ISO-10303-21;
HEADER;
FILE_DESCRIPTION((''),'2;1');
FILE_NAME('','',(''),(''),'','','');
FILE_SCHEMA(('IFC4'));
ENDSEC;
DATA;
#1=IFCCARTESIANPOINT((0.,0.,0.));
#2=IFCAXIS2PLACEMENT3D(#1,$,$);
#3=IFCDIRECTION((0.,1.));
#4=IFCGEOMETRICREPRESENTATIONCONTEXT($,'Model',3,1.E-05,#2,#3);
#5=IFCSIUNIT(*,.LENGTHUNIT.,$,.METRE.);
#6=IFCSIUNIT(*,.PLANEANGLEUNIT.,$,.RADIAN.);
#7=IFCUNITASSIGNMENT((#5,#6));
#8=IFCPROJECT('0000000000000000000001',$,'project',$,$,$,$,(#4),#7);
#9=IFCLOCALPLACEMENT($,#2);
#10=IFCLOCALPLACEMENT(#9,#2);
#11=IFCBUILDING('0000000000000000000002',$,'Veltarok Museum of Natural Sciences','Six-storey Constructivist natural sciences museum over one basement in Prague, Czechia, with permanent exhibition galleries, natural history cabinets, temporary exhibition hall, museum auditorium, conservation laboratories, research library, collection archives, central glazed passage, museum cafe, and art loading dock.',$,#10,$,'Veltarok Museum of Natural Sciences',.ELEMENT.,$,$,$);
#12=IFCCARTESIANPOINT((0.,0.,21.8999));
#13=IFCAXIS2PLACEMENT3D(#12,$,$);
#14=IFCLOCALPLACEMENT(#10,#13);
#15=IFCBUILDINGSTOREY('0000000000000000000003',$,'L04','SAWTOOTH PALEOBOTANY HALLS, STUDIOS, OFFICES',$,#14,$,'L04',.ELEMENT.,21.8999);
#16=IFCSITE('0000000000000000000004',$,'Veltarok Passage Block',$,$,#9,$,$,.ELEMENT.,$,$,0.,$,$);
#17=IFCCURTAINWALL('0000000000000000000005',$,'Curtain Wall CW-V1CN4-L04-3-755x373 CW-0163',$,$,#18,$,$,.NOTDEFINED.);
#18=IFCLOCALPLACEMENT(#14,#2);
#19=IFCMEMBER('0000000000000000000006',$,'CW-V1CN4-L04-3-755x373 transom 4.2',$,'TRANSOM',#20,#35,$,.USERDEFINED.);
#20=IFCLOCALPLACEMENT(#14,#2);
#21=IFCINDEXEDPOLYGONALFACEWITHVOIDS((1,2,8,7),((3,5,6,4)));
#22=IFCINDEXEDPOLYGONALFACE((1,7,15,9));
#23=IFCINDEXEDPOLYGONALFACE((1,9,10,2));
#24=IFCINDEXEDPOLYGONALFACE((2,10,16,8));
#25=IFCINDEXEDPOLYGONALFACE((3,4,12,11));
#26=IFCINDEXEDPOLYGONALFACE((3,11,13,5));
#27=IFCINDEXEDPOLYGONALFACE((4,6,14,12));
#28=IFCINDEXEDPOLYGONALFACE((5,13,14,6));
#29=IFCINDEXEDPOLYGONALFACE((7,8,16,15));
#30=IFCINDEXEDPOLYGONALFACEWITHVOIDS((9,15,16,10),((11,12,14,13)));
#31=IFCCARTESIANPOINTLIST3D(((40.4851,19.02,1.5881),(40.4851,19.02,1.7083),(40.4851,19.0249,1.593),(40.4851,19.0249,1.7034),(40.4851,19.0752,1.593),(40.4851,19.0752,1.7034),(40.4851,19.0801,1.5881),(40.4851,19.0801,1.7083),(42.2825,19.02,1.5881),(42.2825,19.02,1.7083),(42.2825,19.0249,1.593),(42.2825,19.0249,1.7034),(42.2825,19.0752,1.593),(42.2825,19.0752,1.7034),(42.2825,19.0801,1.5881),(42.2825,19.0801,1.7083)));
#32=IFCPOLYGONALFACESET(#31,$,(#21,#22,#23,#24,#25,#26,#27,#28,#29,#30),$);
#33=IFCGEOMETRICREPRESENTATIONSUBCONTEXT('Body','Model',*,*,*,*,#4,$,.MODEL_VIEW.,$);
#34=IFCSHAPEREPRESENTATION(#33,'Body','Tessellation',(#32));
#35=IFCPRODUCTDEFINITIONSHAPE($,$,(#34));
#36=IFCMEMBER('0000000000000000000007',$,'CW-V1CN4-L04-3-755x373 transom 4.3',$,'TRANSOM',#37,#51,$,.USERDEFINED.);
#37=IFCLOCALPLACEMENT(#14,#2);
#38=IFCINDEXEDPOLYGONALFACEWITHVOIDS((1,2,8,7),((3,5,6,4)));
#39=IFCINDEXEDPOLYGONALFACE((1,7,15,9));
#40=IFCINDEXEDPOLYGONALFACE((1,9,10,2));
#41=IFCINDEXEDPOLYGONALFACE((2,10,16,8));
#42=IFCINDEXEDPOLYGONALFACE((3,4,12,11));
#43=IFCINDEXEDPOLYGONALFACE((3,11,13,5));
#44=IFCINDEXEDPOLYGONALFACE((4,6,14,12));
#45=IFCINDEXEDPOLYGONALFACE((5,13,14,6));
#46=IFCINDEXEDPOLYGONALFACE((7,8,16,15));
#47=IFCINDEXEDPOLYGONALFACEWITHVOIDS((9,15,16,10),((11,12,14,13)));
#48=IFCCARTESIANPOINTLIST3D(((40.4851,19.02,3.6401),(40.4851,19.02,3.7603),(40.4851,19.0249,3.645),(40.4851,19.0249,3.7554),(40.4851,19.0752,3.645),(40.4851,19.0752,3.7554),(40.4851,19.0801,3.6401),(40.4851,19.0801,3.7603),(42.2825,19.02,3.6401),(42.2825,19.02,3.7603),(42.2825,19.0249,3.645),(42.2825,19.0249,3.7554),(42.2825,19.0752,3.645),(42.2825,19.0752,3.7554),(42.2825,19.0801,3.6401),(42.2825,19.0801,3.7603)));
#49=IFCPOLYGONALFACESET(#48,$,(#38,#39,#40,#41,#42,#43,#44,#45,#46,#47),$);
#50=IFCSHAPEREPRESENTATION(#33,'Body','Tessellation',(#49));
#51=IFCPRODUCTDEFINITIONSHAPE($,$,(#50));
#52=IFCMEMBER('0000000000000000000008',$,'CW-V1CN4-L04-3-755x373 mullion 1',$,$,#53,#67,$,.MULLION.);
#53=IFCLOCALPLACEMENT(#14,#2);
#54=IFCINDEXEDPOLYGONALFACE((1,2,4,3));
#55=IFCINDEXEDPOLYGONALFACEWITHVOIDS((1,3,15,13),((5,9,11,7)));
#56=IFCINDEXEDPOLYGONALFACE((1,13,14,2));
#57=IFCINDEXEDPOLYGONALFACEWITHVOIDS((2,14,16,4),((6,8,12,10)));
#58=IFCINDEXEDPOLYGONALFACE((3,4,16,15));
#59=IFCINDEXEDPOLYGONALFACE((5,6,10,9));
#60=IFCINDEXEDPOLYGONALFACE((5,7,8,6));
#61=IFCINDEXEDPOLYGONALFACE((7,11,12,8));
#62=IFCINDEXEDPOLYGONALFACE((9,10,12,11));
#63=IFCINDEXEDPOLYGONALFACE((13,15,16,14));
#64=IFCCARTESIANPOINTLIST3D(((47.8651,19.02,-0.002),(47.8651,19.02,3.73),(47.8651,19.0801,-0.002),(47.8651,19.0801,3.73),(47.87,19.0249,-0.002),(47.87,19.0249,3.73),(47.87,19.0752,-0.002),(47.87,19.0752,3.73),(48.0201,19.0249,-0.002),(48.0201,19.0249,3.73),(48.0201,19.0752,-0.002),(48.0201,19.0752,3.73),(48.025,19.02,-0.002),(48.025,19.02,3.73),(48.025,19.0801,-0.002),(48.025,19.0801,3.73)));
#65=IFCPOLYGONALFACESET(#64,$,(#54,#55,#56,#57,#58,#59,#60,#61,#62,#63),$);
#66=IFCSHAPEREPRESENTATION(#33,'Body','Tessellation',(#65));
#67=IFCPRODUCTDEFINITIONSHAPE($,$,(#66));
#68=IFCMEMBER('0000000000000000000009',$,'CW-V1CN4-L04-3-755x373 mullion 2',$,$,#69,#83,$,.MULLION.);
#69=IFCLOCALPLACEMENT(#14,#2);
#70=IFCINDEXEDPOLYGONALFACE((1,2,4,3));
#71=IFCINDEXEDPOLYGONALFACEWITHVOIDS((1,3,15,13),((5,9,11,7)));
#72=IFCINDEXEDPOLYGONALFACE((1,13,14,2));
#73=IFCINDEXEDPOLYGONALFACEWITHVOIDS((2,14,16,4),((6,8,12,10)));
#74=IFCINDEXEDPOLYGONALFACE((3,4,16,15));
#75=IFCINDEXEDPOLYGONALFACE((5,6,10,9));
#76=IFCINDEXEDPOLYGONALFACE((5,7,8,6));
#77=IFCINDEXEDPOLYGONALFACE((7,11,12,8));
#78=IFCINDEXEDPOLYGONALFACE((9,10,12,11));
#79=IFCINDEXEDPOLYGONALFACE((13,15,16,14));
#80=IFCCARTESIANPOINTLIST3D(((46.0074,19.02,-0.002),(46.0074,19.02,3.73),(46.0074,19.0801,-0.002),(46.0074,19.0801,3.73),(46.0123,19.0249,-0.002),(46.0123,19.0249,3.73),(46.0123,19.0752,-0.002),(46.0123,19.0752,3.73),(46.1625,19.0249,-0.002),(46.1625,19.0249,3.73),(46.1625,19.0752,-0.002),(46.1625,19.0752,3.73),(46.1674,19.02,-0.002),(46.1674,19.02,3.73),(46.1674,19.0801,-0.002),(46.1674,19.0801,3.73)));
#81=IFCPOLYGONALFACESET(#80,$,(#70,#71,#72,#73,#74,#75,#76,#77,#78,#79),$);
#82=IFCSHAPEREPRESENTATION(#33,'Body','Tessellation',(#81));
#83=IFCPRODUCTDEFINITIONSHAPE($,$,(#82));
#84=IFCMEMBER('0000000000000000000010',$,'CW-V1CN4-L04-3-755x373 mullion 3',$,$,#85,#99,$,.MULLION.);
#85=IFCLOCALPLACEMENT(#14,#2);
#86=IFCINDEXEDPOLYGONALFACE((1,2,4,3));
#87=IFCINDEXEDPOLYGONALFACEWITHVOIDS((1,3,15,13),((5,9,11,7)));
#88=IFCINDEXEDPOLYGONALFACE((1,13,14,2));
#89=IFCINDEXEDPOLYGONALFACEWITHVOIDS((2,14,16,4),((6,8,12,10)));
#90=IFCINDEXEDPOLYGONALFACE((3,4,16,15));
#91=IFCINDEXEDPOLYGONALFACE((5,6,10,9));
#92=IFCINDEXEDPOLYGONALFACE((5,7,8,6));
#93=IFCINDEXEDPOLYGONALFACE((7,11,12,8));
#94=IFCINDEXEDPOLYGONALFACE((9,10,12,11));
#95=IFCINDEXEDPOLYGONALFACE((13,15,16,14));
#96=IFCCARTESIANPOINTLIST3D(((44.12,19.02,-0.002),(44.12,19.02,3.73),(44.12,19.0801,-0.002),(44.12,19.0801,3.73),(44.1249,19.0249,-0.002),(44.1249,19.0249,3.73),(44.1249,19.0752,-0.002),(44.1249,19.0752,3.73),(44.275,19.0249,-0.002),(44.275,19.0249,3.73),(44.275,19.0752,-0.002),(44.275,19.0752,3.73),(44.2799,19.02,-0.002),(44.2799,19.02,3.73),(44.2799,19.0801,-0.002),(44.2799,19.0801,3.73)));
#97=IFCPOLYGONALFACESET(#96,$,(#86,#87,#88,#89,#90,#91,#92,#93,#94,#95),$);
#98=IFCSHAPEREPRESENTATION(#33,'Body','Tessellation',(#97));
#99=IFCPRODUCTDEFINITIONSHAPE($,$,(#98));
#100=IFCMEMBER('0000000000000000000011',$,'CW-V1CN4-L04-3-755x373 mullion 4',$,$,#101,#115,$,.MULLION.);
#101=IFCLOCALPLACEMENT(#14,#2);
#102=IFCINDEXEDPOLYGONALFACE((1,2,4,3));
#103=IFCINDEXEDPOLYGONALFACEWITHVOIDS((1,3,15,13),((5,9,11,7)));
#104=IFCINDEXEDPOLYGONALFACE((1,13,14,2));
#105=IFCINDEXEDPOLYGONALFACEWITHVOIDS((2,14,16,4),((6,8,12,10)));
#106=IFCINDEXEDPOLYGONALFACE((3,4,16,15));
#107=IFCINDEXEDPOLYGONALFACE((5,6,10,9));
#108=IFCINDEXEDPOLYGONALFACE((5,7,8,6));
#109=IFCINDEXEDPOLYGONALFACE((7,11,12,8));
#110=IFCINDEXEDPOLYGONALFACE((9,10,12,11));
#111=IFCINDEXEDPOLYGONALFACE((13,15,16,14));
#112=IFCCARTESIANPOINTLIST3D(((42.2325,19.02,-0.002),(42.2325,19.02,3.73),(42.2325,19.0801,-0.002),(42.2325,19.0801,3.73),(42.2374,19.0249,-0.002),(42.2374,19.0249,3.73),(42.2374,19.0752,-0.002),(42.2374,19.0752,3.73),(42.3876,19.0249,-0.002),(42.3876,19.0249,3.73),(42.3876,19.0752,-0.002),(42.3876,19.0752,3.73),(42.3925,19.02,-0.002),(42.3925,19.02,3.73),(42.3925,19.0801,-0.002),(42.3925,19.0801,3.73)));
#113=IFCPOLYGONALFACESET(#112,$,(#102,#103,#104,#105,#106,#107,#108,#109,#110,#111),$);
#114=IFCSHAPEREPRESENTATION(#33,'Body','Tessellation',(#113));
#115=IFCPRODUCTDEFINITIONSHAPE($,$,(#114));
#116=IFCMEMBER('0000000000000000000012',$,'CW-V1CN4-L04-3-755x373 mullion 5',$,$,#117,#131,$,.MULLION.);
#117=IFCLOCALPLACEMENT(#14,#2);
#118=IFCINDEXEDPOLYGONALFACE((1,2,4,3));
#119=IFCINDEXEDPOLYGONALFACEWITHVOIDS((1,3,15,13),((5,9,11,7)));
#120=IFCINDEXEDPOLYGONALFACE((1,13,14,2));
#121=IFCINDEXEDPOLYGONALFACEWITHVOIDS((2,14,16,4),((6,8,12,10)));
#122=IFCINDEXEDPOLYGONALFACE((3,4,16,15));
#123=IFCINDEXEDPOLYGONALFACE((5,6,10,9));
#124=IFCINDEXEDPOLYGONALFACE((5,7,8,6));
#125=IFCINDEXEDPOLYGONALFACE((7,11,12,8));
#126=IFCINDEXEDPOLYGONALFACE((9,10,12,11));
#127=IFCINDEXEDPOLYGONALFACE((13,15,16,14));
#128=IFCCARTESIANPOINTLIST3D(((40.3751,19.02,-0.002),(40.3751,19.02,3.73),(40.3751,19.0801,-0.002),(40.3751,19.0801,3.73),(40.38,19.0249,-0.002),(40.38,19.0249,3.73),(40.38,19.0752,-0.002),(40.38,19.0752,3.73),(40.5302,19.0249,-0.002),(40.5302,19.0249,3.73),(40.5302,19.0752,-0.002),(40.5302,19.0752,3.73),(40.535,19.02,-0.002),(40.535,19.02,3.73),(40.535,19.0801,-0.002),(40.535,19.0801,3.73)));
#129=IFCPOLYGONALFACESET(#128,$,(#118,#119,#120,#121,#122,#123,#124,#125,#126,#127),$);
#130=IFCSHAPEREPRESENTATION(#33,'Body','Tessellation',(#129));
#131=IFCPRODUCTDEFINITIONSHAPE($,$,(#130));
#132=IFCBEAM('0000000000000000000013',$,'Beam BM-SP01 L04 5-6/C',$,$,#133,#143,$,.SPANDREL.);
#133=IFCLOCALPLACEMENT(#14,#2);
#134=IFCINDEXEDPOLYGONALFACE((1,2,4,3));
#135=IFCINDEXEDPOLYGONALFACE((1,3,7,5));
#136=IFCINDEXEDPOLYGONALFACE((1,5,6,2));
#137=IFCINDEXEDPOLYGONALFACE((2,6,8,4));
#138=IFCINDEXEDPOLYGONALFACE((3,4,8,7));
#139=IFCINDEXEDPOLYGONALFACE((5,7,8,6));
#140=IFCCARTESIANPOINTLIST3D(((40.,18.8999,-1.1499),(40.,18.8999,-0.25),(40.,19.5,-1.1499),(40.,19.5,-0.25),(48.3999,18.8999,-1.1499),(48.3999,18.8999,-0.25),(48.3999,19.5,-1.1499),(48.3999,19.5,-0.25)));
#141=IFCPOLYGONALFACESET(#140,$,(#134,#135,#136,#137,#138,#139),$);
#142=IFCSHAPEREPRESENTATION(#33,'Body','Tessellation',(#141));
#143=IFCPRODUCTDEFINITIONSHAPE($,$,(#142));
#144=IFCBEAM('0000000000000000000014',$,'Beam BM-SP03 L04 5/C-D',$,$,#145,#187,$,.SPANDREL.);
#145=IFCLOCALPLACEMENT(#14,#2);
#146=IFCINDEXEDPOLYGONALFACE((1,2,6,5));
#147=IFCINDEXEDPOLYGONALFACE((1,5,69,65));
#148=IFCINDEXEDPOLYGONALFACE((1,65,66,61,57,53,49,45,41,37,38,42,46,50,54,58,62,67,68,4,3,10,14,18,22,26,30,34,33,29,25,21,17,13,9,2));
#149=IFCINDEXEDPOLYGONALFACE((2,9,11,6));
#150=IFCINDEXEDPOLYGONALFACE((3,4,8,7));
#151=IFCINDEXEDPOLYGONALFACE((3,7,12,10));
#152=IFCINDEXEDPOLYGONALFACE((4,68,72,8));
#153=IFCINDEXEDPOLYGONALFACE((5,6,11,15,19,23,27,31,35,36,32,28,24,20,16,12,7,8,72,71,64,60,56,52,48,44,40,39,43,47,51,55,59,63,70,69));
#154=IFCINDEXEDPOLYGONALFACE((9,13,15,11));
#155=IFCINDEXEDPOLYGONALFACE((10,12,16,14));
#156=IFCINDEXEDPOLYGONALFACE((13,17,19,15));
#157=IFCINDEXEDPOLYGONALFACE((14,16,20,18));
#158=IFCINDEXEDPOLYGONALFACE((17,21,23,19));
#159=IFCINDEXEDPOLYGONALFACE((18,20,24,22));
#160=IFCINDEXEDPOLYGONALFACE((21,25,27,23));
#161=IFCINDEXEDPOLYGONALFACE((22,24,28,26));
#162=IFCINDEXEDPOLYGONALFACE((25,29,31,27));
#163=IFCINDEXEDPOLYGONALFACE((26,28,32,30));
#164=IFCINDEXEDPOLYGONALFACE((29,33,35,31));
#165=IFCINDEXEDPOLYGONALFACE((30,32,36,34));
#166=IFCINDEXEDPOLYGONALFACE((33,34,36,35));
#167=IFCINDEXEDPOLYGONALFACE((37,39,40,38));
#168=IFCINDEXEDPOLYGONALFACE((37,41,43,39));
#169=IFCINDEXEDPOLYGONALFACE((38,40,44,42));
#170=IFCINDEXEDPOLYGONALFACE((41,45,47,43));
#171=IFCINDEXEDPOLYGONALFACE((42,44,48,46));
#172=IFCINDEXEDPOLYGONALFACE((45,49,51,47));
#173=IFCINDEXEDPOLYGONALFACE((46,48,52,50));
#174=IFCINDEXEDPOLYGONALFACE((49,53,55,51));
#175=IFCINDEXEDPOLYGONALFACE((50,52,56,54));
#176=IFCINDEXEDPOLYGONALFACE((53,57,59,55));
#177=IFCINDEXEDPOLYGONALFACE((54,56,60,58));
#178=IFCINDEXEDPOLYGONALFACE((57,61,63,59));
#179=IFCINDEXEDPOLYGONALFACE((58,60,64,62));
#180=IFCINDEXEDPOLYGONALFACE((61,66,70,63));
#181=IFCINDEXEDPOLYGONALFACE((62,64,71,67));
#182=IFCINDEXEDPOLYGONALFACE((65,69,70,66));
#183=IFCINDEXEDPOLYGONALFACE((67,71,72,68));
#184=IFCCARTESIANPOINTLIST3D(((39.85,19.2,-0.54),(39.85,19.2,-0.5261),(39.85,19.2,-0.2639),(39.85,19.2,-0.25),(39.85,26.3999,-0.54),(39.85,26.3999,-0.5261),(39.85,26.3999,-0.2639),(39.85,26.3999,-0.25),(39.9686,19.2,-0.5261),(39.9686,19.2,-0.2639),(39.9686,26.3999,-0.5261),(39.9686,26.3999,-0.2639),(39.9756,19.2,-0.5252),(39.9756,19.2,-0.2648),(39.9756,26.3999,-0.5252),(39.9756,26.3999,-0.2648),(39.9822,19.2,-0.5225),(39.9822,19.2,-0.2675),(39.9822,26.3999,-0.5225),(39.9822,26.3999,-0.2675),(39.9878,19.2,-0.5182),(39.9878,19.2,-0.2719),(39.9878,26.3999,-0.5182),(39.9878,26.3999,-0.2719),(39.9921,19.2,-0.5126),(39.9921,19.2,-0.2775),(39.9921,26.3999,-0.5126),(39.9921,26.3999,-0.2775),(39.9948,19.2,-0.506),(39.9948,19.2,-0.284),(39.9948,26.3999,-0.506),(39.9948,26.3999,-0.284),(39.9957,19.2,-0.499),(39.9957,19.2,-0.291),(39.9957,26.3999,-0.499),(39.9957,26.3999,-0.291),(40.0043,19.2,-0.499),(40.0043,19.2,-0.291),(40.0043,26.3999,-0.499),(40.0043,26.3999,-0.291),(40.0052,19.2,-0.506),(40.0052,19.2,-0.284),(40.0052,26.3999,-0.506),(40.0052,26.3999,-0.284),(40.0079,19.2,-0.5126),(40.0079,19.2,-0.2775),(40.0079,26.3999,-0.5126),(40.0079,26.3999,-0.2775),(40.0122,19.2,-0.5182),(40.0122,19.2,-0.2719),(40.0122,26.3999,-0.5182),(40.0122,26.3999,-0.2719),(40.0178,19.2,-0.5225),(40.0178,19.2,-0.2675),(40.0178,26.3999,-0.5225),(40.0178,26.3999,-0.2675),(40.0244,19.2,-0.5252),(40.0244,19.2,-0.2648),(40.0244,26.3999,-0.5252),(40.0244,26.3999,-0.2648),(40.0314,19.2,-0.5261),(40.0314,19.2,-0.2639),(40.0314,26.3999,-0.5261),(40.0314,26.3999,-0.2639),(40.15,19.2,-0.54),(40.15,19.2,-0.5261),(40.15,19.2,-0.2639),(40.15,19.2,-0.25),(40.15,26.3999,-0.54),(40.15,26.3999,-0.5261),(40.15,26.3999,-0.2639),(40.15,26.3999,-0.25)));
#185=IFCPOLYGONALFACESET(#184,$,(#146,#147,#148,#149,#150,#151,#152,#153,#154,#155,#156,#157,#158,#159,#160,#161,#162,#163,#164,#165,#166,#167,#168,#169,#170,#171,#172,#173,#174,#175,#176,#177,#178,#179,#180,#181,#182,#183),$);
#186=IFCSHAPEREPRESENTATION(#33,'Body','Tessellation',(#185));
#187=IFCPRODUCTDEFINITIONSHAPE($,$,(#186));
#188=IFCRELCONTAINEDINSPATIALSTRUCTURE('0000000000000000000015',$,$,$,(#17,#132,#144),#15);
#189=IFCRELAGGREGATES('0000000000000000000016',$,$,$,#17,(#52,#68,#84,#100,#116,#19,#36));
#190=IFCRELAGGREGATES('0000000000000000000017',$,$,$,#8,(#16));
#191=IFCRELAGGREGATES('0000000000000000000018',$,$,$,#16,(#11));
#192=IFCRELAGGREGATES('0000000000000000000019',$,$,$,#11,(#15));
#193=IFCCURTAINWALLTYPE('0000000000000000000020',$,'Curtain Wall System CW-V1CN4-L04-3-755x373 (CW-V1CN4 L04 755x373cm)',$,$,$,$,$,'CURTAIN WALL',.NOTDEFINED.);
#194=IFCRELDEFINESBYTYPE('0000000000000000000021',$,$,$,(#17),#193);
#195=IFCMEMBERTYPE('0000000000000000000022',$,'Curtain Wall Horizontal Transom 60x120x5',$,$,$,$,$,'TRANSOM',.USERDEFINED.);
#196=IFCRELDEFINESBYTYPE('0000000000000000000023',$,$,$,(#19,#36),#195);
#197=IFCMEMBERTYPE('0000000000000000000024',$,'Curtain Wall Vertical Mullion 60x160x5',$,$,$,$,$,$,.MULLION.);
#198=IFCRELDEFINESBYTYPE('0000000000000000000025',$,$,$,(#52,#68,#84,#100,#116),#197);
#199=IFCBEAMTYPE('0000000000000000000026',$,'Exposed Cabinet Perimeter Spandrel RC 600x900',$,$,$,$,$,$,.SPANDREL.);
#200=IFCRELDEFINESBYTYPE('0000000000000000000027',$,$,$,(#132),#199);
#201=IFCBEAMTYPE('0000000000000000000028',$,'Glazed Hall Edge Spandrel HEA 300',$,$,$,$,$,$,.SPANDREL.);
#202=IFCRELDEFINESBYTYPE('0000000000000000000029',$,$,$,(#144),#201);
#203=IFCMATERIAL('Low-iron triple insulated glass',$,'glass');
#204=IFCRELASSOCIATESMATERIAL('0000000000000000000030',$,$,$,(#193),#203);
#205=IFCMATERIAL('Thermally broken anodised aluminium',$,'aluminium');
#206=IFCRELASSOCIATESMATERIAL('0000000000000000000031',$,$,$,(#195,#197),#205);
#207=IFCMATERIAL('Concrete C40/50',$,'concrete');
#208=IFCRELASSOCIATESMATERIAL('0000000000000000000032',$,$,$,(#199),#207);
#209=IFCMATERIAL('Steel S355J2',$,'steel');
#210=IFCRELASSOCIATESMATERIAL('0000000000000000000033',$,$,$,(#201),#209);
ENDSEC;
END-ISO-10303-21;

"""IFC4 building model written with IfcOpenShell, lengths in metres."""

from ifc_helpers import new_model, si_unit, direction, frame, origin, origin_2d, place, context, subcontext, project, spatial, rectangle, hollow_rectangle, i_section, extrude, material, material_profile, profile_set, type_object, element, aggregate, save


model = new_model("IFC4")

# Units and contexts
model_context = context("Model", 3, precision=1e-05, world=origin(), true_north=direction((0.0, 1.0)))
body_context = subcontext(model_context, "Body", "Model", "MODEL_VIEW")
ifc_project = project(units=[si_unit("LENGTHUNIT", "METRE"), si_unit("PLANEANGLEUNIT", "RADIAN")], contexts=[model_context])

# Site, building, storey
site_placement = place(None, origin())
site = spatial("IfcSite", under=ifc_project, at=site_placement, Name="Veltarok Passage Block", CompositionType="ELEMENT", RefElevation=0.0)
building_placement = place(site_placement, origin())
building = spatial("IfcBuilding", under=site, at=building_placement, Name="Veltarok Museum of Natural Sciences", Description="Six-storey Constructivist natural sciences museum over one basement in Prague, Czechia, with permanent exhibition galleries, natural history cabinets, temporary exhibition hall, museum auditorium, conservation laboratories, research library, collection archives, central glazed passage, museum cafe, and art loading dock.", LongName="Veltarok Museum of Natural Sciences", CompositionType="ELEMENT")
storey_placement = place(building_placement, frame((0.0, 0.0, 21.8999)))
storey = spatial("IfcBuildingStorey", under=building, at=storey_placement, Name="L04", Description="SAWTOOTH PALEOBOTANY HALLS, STUDIOS, OFFICES", LongName="L04", CompositionType="ELEMENT", Elevation=21.8999)

# Shared definitions
ifc_material_1 = material(Name="Concrete C40/50", Category="concrete")

# Curtain wall, members
ifc_material_2 = material(Name="Low-iron triple insulated glass", Category="glass")
curtain_wall_type = type_object("IfcCurtainWallType", Name="Curtain Wall System CW-V1CN4-L04-3-755x373 (CW-V1CN4 L04 755x373cm)", ElementType="CURTAIN WALL", PredefinedType="NOTDEFINED", material=ifc_material_2)
curtain_wall_placement = place(storey_placement, origin())
curtain_wall = element("IfcCurtainWall", 1, at=curtain_wall_placement, inside=storey, type_object=curtain_wall_type, Name="Curtain Wall CW-V1CN4-L04-3-755x373 CW-0163", PredefinedType="NOTDEFINED")
ifc_material_3 = material(Name="Thermally broken anodised aluminium", Category="aluminium")
ifc_material_profile_1 = material_profile(ifc_material_3, hollow_rectangle(XDim=0.0601, YDim=0.1201, WallThickness=0.0049, at=origin_2d()), Name="CW TRANSOM 60x120x5")
ifc_profile_set_1 = profile_set([ifc_material_profile_1], Name="Thermally broken anodised aluminium")
member_type_1 = type_object("IfcMemberType", Name="Curtain Wall Horizontal Transom 60x120x5", ElementType="TRANSOM", PredefinedType="USERDEFINED", material=ifc_profile_set_1)
member_1_placement = place(storey_placement, frame((42.2825, 19.05, 1.6482), z_axis=(-1.0, 0.0, 0.0), x_axis=(0.0, -1.0, 0.0)))
member_1 = element("IfcMember", 2, at=member_1_placement, type_object=member_type_1, Name="CW-V1CN4-L04-3-755x373 transom 4.2", ObjectType="TRANSOM", PredefinedType="USERDEFINED", context=body_context, shape_type="SweptSolid", body=[
    extrude(hollow_rectangle(XDim=0.0601, YDim=0.1201, WallThickness=0.0049, at=origin_2d()), origin(), (0.0, 0.0, 1.0), 1.7974),
])
member_2_placement = place(storey_placement, frame((42.2825, 19.05, 3.7002), z_axis=(-1.0, 0.0, 0.0), x_axis=(0.0, -1.0, 0.0)))
member_2 = element("IfcMember", 3, at=member_2_placement, type_object=member_type_1, Name="CW-V1CN4-L04-3-755x373 transom 4.3", ObjectType="TRANSOM", PredefinedType="USERDEFINED", context=body_context, shape_type="SweptSolid", body=[
    extrude(hollow_rectangle(XDim=0.0601, YDim=0.1201, WallThickness=0.0049, at=origin_2d()), origin(), (0.0, 0.0, 1.0), 1.7974),
])
ifc_material_profile_2 = material_profile(ifc_material_3, hollow_rectangle(XDim=0.0601, YDim=0.1599, WallThickness=0.0049, at=origin_2d()), Name="CW MULLION 60x160x5")
ifc_profile_set_2 = profile_set([ifc_material_profile_2], Name="Thermally broken anodised aluminium")
member_type_2 = type_object("IfcMemberType", Name="Curtain Wall Vertical Mullion 60x160x5", PredefinedType="MULLION", material=ifc_profile_set_2)
member_3_placement = place(storey_placement, frame((47.9451, 19.05, -0.002), z_axis=(0.0, 0.0, 1.0), x_axis=(0.0, -1.0, 0.0)))
member_3 = element("IfcMember", 4, at=member_3_placement, type_object=member_type_2, Name="CW-V1CN4-L04-3-755x373 mullion 1", PredefinedType="MULLION", context=body_context, shape_type="SweptSolid", body=[
    extrude(hollow_rectangle(XDim=0.0601, YDim=0.1599, WallThickness=0.0049, at=origin_2d()), origin(), (0.0, 0.0, 1.0), 3.7319),
])
member_4_placement = place(storey_placement, frame((46.0874, 19.05, -0.002), z_axis=(0.0, 0.0, 1.0), x_axis=(0.0, -1.0, 0.0)))
member_4 = element("IfcMember", 5, at=member_4_placement, type_object=member_type_2, Name="CW-V1CN4-L04-3-755x373 mullion 2", PredefinedType="MULLION", context=body_context, shape_type="SweptSolid", body=[
    extrude(hollow_rectangle(XDim=0.0601, YDim=0.1599, WallThickness=0.0049, at=origin_2d()), origin(), (0.0, 0.0, 1.0), 3.7319),
])
member_5_placement = place(storey_placement, frame((44.2, 19.05, -0.002), z_axis=(0.0, 0.0, 1.0), x_axis=(0.0, -1.0, 0.0)))
member_5 = element("IfcMember", 6, at=member_5_placement, type_object=member_type_2, Name="CW-V1CN4-L04-3-755x373 mullion 3", PredefinedType="MULLION", context=body_context, shape_type="SweptSolid", body=[
    extrude(hollow_rectangle(XDim=0.0601, YDim=0.1599, WallThickness=0.0049, at=origin_2d()), origin(), (0.0, 0.0, 1.0), 3.7319),
])
member_6_placement = place(storey_placement, frame((42.3125, 19.05, -0.002), z_axis=(0.0, 0.0, 1.0), x_axis=(0.0, -1.0, 0.0)))
member_6 = element("IfcMember", 7, at=member_6_placement, type_object=member_type_2, Name="CW-V1CN4-L04-3-755x373 mullion 4", PredefinedType="MULLION", context=body_context, shape_type="SweptSolid", body=[
    extrude(hollow_rectangle(XDim=0.0601, YDim=0.1599, WallThickness=0.0049, at=origin_2d()), origin(), (0.0, 0.0, 1.0), 3.7319),
])
member_7_placement = place(storey_placement, frame((40.4551, 19.05, -0.002), z_axis=(0.0, 0.0, 1.0), x_axis=(0.0, -1.0, 0.0)))
member_7 = element("IfcMember", 8, at=member_7_placement, type_object=member_type_2, Name="CW-V1CN4-L04-3-755x373 mullion 5", PredefinedType="MULLION", context=body_context, shape_type="SweptSolid", body=[
    extrude(hollow_rectangle(XDim=0.0601, YDim=0.1599, WallThickness=0.0049, at=origin_2d()), origin(), (0.0, 0.0, 1.0), 3.7319),
])

# Beams
ifc_material_profile_3 = material_profile(ifc_material_1, rectangle(XDim=0.6001, YDim=0.8999, at=origin_2d()), Name="RC 600x900")
ifc_profile_set_3 = profile_set([ifc_material_profile_3], Name="Concrete C40/50")
beam_type_1 = type_object("IfcBeamType", Name="Exposed Cabinet Perimeter Spandrel RC 600x900", PredefinedType="SPANDREL", material=ifc_profile_set_3)
beam_1_placement = place(storey_placement, frame((40.0, 19.2, -0.7), z_axis=(1.0, 0.0, 0.0), x_axis=(0.0, 1.0, 0.0)))
element("IfcBeam", 9, at=beam_1_placement, inside=storey, type_object=beam_type_1, Name="Beam BM-SP01 L04 5-6/C", PredefinedType="SPANDREL", context=body_context, shape_type="SweptSolid", body=[
    extrude(rectangle(XDim=0.6001, YDim=0.8999, at=origin_2d()), origin(), (0.0, 0.0, 1.0), 8.3999),
])
ifc_material_4 = material(Name="Steel S355J2", Category="steel")
ifc_material_profile_4 = material_profile(ifc_material_4, i_section(OverallWidth=0.3, OverallDepth=0.29, WebThickness=0.0085, FlangeThickness=0.0139, FilletRadius=0.0271, at=origin_2d()), Name="HEA 300")
ifc_profile_set_4 = profile_set([ifc_material_profile_4], Name="Steel S355J2")
beam_type_2 = type_object("IfcBeamType", Name="Glazed Hall Edge Spandrel HEA 300", PredefinedType="SPANDREL", material=ifc_profile_set_4)
beam_2_placement = place(storey_placement, frame((40.0, 19.2, -0.395), z_axis=(0.0, 1.0, 0.0), x_axis=(-1.0, 0.0, 0.0)))
element("IfcBeam", 10, at=beam_2_placement, inside=storey, type_object=beam_type_2, Name="Beam BM-SP03 L04 5/C-D", PredefinedType="SPANDREL", context=body_context, shape_type="SweptSolid", body=[
    extrude(i_section(OverallWidth=0.3, OverallDepth=0.29, WebThickness=0.0085, FlangeThickness=0.0139, FilletRadius=0.0271, at=origin_2d()), origin(), (0.0, 0.0, 1.0), 7.2),
])

aggregate(curtain_wall, [member_3, member_4, member_5, member_6, member_7, member_1, member_2])

save(model, "model.ifc")
